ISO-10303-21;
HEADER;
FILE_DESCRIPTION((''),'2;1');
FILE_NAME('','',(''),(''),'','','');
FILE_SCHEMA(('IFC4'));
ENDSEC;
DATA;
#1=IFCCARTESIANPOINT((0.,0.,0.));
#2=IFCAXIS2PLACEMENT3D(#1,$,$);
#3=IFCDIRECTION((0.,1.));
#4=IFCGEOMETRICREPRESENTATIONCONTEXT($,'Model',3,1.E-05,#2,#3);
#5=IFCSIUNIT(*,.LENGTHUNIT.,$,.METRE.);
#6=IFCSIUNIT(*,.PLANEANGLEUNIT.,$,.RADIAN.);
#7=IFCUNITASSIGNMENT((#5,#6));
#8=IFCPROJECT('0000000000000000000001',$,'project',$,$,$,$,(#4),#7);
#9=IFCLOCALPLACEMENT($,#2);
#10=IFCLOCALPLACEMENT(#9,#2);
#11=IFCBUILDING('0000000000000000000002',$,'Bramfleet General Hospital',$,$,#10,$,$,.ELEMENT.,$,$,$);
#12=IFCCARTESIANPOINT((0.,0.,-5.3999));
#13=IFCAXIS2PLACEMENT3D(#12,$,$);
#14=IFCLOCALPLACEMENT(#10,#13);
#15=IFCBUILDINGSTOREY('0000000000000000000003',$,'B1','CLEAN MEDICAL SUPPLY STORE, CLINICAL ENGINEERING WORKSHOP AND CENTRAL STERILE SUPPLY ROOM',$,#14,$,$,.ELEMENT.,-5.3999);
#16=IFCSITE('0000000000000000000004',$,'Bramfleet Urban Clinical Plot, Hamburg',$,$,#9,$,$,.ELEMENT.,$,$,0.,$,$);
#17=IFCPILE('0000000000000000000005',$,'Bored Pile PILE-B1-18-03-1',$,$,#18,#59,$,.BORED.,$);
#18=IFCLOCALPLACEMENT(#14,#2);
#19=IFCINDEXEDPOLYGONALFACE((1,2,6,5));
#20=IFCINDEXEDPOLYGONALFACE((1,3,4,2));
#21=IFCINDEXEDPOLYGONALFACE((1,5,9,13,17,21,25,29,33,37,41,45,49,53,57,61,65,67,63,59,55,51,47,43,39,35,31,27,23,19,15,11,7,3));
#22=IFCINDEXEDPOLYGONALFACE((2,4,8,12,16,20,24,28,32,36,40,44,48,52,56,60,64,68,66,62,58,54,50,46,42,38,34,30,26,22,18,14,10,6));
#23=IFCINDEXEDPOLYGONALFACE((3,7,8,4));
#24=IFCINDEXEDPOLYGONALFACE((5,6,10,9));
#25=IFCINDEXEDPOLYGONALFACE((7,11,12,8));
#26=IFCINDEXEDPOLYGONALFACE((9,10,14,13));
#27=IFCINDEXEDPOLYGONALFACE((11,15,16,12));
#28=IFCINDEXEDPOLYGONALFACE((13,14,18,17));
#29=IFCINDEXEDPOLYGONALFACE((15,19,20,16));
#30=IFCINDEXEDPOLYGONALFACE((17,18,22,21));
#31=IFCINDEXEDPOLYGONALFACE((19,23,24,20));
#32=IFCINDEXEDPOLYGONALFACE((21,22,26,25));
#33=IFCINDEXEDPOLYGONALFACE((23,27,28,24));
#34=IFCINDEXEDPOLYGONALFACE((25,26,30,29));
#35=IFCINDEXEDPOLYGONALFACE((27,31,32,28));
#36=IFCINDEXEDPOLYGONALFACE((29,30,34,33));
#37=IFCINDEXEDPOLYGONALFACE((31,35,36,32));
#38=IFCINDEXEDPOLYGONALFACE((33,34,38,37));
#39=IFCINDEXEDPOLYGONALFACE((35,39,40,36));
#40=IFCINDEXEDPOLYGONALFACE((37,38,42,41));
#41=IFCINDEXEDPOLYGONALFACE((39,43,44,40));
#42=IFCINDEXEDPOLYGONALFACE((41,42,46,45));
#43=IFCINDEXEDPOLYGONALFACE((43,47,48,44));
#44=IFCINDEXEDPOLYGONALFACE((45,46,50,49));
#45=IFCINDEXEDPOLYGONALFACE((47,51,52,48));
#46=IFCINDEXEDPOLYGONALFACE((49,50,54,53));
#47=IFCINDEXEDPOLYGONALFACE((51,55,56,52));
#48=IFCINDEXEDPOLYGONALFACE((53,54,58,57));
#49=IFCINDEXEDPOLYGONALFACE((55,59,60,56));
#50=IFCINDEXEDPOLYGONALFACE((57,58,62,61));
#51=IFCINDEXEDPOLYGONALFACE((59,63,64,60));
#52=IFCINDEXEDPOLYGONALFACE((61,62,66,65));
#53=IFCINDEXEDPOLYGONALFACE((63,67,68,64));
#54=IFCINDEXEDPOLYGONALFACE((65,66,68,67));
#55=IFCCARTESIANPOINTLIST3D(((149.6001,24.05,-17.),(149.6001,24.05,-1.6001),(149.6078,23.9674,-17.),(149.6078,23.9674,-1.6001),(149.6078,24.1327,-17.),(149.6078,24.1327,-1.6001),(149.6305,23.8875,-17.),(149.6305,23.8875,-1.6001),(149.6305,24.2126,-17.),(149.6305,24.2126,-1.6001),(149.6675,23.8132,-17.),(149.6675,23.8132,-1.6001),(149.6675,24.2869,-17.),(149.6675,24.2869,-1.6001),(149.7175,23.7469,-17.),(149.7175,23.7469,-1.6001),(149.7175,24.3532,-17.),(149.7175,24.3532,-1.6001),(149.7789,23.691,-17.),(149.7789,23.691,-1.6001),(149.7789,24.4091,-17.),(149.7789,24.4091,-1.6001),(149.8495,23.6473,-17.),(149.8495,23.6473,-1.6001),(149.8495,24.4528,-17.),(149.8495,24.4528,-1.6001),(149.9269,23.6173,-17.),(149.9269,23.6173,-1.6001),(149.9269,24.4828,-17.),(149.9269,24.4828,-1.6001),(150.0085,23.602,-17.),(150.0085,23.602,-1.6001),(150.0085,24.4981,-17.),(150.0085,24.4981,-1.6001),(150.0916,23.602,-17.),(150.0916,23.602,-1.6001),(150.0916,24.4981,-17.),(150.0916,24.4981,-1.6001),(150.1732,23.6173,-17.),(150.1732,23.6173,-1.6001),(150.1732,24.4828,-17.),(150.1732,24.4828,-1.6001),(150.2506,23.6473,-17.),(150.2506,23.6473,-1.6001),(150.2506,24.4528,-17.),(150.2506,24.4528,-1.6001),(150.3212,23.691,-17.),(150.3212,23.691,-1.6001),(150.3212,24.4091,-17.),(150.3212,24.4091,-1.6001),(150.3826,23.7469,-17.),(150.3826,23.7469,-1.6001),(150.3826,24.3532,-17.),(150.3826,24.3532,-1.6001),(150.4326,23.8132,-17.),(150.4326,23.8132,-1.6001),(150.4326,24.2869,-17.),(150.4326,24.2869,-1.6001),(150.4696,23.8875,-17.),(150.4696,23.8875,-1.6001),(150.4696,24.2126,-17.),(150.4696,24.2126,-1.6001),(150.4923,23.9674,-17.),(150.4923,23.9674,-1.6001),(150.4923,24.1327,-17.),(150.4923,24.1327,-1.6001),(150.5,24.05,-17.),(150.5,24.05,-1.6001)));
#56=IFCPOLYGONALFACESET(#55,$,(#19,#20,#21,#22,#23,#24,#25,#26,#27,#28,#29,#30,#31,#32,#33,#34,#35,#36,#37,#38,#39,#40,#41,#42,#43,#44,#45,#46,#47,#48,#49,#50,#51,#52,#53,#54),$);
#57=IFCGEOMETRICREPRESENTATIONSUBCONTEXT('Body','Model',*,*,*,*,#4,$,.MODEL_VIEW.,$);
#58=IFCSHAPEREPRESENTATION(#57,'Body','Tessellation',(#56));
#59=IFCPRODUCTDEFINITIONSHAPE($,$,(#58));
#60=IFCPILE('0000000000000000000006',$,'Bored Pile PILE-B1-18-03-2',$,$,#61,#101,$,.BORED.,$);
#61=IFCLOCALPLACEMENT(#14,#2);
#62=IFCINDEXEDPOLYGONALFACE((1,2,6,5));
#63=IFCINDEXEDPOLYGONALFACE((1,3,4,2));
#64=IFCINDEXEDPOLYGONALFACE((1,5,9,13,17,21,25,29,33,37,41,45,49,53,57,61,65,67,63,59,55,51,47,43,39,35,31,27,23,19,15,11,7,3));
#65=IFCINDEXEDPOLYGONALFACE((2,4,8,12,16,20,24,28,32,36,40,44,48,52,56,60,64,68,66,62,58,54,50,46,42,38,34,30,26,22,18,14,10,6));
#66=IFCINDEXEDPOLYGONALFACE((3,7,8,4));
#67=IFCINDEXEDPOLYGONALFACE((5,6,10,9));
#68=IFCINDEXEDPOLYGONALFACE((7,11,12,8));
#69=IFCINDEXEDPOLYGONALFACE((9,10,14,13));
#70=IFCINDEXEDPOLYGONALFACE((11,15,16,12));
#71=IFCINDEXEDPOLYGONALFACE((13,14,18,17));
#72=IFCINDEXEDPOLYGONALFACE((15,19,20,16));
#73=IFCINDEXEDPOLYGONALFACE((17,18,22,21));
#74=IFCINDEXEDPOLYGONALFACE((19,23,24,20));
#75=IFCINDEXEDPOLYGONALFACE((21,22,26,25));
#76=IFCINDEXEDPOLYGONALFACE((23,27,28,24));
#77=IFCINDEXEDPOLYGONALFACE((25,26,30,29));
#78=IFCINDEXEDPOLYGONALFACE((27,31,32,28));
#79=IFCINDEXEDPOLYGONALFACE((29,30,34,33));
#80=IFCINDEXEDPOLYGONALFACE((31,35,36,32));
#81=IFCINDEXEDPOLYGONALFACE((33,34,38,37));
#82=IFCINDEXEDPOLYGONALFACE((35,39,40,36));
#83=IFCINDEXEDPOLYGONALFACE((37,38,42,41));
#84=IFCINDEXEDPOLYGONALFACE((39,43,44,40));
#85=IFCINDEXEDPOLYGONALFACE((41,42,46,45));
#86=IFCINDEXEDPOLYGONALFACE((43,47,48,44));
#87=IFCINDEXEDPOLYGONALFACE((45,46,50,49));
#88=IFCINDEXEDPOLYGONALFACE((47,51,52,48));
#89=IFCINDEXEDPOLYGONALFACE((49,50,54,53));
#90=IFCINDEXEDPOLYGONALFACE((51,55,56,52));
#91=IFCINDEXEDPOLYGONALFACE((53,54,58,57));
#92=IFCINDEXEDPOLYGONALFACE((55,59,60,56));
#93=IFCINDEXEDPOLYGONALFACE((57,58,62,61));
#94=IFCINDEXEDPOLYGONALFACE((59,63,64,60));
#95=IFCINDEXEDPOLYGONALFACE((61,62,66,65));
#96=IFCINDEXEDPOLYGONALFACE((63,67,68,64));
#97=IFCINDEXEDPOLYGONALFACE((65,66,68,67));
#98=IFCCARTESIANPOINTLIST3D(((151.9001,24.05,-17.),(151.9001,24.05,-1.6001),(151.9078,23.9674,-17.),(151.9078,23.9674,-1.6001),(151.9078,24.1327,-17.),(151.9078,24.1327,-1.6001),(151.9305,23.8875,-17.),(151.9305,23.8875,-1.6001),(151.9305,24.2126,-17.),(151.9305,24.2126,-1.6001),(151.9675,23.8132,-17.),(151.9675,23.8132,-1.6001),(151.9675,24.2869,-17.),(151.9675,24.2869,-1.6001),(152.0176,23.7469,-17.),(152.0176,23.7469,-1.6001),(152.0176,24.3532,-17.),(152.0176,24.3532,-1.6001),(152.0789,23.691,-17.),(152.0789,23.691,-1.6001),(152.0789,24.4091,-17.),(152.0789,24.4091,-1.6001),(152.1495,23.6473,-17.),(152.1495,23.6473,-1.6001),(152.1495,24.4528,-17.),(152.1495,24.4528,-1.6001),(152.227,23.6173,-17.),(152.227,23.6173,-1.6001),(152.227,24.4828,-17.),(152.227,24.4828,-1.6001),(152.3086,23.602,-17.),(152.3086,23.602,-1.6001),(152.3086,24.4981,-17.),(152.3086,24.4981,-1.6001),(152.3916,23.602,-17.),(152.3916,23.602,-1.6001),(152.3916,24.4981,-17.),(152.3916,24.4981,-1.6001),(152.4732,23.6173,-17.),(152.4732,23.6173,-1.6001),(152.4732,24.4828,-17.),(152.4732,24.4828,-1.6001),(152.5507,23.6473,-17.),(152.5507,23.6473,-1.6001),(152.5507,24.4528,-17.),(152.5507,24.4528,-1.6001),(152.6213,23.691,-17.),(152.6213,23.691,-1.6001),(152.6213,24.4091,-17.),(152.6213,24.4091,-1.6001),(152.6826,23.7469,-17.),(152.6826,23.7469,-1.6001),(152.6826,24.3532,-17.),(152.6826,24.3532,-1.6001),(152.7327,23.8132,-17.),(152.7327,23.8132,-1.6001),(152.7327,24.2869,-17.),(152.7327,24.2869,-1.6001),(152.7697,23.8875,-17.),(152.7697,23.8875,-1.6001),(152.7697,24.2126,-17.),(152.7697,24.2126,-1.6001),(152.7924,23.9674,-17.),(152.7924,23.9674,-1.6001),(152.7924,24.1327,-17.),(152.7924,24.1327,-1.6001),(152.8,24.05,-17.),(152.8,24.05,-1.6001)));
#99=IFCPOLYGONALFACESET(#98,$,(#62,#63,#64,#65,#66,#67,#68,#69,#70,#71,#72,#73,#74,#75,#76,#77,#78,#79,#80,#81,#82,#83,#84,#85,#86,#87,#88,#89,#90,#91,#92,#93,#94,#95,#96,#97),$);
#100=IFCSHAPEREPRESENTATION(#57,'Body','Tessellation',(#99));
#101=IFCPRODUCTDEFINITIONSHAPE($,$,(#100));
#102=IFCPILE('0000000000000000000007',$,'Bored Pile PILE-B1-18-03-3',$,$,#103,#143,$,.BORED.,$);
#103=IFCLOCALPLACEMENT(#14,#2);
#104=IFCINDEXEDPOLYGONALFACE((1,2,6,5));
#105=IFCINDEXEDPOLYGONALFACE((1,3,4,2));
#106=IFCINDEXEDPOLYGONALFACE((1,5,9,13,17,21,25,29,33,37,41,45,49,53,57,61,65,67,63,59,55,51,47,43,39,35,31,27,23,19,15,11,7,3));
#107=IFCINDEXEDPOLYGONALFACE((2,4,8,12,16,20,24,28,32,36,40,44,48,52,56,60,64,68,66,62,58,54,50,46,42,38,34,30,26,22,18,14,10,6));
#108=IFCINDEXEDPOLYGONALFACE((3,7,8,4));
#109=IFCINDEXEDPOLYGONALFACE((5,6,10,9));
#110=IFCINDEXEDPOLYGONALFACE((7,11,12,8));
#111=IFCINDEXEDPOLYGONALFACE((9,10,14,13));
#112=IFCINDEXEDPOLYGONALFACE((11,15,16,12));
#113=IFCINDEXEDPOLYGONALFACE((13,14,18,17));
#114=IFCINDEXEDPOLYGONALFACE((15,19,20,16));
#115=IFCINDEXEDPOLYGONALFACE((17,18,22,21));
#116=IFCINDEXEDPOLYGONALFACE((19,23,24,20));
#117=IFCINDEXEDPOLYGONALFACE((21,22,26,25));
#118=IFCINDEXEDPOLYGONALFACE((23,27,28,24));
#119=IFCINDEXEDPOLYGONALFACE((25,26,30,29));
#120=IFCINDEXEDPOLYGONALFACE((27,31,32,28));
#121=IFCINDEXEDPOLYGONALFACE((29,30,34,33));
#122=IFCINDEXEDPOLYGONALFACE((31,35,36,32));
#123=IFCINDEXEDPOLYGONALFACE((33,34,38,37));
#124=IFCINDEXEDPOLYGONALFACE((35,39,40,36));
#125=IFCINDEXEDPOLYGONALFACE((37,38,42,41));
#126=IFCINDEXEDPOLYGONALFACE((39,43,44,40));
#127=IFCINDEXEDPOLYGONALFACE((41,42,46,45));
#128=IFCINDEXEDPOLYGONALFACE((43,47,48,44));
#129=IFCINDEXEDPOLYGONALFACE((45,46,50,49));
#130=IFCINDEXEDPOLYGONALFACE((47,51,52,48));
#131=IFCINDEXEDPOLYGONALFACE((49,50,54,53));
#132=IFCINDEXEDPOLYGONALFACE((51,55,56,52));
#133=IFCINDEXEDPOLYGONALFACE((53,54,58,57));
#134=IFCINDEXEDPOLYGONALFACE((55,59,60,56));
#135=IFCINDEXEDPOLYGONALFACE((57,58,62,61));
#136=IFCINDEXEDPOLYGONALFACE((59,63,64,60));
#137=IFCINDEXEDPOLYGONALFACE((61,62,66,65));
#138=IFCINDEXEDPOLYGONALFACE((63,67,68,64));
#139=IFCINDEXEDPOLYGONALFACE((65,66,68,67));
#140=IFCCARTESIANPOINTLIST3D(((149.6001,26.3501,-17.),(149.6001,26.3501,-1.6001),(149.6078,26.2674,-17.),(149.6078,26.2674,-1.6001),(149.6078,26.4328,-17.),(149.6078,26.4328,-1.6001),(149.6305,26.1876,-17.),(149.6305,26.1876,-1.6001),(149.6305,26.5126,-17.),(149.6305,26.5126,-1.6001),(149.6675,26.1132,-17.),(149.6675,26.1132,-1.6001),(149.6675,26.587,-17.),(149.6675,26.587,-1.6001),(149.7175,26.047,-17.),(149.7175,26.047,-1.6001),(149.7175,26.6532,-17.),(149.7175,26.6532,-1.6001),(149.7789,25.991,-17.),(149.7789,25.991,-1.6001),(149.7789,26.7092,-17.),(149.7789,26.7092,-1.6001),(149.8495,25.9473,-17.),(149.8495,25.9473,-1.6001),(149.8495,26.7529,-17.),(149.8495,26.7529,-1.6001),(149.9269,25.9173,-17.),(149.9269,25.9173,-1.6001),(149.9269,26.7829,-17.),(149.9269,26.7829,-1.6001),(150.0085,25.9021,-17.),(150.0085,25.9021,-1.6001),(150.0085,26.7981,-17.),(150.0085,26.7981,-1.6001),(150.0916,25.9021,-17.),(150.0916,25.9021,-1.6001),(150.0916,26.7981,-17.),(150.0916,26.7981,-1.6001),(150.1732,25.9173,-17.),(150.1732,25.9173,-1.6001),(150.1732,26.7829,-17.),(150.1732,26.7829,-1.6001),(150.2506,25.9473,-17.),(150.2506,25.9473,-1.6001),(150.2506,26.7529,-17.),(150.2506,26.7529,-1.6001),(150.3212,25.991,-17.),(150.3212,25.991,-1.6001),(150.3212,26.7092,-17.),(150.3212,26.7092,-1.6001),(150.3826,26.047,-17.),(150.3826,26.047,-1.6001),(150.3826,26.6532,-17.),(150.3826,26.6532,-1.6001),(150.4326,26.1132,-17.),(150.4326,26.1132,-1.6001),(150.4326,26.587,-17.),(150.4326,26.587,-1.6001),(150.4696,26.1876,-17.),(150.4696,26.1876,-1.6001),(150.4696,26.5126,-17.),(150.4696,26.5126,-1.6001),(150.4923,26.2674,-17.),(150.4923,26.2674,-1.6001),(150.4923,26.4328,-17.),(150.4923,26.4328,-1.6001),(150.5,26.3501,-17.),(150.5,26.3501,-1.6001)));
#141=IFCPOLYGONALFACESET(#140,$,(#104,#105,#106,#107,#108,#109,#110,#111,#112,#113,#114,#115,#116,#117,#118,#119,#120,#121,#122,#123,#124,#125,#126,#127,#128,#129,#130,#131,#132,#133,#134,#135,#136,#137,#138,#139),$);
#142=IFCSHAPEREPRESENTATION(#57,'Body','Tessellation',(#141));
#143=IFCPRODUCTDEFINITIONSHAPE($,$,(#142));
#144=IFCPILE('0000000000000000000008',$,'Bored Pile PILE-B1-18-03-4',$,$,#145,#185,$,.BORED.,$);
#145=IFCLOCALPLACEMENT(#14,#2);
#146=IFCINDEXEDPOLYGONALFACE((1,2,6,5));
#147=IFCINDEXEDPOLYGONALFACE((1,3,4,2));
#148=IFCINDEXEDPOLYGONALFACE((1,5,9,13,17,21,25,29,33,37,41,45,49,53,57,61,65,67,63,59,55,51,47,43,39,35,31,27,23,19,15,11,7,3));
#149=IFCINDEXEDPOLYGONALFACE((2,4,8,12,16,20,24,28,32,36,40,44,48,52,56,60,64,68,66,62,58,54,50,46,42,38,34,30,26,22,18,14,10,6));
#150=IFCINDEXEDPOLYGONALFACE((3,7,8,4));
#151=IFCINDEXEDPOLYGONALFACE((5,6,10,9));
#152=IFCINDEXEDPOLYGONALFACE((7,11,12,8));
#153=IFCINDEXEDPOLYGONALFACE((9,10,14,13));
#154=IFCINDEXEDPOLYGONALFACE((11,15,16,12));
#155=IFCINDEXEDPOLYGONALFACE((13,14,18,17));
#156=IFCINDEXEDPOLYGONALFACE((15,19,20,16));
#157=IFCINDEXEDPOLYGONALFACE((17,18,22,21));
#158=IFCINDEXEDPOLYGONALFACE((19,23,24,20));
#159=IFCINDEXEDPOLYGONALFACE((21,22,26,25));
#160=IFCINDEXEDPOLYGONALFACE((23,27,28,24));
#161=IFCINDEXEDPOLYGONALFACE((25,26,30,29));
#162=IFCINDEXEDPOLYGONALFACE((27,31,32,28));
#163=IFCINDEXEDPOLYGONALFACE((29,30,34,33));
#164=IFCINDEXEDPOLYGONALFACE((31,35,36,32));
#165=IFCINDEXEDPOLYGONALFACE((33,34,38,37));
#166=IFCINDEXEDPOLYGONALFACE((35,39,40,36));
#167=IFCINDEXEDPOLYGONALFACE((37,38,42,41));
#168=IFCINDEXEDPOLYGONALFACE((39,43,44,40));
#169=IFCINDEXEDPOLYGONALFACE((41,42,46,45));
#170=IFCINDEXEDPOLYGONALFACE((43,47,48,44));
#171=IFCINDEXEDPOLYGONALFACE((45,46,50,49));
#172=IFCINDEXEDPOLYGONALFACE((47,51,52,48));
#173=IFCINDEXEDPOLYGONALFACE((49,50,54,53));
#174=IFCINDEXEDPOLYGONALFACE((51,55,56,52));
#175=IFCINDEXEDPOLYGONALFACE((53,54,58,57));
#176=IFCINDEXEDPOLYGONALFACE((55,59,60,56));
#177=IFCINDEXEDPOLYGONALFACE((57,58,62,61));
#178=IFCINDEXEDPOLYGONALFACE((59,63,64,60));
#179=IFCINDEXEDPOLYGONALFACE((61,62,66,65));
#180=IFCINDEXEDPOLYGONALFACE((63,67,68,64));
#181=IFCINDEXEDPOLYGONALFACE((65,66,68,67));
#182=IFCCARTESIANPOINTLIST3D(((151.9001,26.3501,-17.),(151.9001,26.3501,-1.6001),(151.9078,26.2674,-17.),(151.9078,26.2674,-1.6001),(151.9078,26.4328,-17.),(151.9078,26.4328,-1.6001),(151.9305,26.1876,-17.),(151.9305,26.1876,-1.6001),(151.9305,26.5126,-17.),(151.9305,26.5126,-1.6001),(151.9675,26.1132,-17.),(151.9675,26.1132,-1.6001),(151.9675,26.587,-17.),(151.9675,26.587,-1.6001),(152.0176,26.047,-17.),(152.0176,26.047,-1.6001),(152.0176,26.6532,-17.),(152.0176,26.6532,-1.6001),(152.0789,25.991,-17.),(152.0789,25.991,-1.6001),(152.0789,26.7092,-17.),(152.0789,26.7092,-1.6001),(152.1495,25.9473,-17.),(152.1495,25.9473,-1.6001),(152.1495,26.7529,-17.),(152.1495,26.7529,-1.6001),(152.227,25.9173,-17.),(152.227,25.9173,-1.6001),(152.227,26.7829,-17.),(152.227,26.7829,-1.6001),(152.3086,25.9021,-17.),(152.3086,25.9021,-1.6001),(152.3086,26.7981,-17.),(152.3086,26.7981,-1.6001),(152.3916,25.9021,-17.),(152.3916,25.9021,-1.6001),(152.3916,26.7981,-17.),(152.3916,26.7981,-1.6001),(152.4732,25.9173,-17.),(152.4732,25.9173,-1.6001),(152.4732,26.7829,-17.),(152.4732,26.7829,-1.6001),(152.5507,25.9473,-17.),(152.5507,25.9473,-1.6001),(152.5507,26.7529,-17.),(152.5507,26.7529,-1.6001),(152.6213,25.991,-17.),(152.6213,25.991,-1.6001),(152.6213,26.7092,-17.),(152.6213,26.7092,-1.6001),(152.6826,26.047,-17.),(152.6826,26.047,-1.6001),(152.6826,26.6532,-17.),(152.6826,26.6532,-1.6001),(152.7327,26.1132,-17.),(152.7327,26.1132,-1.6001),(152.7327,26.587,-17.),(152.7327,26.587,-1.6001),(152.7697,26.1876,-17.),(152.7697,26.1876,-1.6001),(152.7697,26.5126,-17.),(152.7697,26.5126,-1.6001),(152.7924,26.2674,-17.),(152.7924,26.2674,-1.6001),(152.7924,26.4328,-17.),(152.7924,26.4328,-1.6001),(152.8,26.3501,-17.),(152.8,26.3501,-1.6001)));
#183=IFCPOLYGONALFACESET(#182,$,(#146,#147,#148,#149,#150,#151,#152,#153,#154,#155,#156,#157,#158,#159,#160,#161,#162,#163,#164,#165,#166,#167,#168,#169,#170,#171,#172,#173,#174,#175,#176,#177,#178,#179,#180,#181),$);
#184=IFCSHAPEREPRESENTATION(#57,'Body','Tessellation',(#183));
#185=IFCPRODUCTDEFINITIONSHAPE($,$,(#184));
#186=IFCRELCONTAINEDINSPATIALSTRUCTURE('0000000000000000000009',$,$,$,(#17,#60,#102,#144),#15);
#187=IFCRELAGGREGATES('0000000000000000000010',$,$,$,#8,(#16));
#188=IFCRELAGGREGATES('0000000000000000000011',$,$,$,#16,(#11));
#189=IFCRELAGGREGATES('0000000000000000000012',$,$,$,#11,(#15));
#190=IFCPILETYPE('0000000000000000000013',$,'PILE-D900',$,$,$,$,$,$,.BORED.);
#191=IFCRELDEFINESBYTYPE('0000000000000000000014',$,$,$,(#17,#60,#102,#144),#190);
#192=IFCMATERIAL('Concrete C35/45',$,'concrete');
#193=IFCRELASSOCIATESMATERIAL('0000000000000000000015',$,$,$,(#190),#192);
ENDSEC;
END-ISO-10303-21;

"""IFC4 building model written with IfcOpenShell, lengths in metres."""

from ifc_helpers import new_model, si_unit, direction, frame, origin, origin_2d, place, context, subcontext, project, spatial, circle, extrude, material, material_profile, profile_set, type_object, element, save


model = new_model("IFC4")

# Units and contexts
model_context = context("Model", 3, precision=1e-05, world=origin(), true_north=direction((0.0, 1.0)))
body_context = subcontext(model_context, "Body", "Model", "MODEL_VIEW")
ifc_project = project(units=[si_unit("LENGTHUNIT", "METRE"), si_unit("PLANEANGLEUNIT", "RADIAN")], contexts=[model_context])

# Site, building, storey
site_placement = place(None, origin())
site = spatial("IfcSite", under=ifc_project, at=site_placement, Name="Bramfleet Urban Clinical Plot, Hamburg", CompositionType="ELEMENT", RefElevation=0.0)
building_placement = place(site_placement, origin())
building = spatial("IfcBuilding", under=site, at=building_placement, Name="Bramfleet General Hospital", CompositionType="ELEMENT")
storey_placement = place(building_placement, frame((0.0, 0.0, -5.3999)))
storey = spatial("IfcBuildingStorey", under=building, at=storey_placement, Name="B1", Description="CLEAN MEDICAL SUPPLY STORE, CLINICAL ENGINEERING WORKSHOP AND CENTRAL STERILE SUPPLY ROOM", CompositionType="ELEMENT", Elevation=-5.3999)

# Shared definitions
ifc_material_1 = material(Name="Concrete C35/45", Category="concrete")

# Piles
ifc_material_profile_1 = material_profile(ifc_material_1, circle(Radius=0.45, at=origin_2d()), Name="PILE BORED D900")
ifc_profile_set_1 = profile_set([ifc_material_profile_1], Name="Concrete C35/45")
pile_type_1 = type_object("IfcPileType", Name="PILE-D900", PredefinedType="BORED", material=ifc_profile_set_1)
for number, where, z_axis, x_axis, name in (
    (1, (150.05, 24.05, -1.6001), (0.0, 0.0, -1.0), (1.0, 0.0, 0.0), "Bored Pile PILE-B1-18-03-1"),
    (2, (152.3501, 24.05, -1.6001), (0.0, 0.0, -1.0), (1.0, 0.0, 0.0), "Bored Pile PILE-B1-18-03-2"),
    (3, (150.05, 26.3501, -1.6001), (0.0, 0.0, -1.0), (1.0, 0.0, 0.0), "Bored Pile PILE-B1-18-03-3"),
    (4, (152.3501, 26.3501, -1.6001), (0.0, 0.0, -1.0), (1.0, 0.0, 0.0), "Bored Pile PILE-B1-18-03-4"),
):
    element("IfcPile", number, at=place(storey_placement, frame(where, z_axis=z_axis, x_axis=x_axis)), inside=storey, type_object=pile_type_1, Name=name, PredefinedType="BORED", context=body_context, shape_type="SweptSolid", body=[
        extrude(circle(Radius=0.45, at=origin_2d()), origin(), (0.0, 0.0, 1.0), 15.3999),
    ])

save(model, "model.ifc")
